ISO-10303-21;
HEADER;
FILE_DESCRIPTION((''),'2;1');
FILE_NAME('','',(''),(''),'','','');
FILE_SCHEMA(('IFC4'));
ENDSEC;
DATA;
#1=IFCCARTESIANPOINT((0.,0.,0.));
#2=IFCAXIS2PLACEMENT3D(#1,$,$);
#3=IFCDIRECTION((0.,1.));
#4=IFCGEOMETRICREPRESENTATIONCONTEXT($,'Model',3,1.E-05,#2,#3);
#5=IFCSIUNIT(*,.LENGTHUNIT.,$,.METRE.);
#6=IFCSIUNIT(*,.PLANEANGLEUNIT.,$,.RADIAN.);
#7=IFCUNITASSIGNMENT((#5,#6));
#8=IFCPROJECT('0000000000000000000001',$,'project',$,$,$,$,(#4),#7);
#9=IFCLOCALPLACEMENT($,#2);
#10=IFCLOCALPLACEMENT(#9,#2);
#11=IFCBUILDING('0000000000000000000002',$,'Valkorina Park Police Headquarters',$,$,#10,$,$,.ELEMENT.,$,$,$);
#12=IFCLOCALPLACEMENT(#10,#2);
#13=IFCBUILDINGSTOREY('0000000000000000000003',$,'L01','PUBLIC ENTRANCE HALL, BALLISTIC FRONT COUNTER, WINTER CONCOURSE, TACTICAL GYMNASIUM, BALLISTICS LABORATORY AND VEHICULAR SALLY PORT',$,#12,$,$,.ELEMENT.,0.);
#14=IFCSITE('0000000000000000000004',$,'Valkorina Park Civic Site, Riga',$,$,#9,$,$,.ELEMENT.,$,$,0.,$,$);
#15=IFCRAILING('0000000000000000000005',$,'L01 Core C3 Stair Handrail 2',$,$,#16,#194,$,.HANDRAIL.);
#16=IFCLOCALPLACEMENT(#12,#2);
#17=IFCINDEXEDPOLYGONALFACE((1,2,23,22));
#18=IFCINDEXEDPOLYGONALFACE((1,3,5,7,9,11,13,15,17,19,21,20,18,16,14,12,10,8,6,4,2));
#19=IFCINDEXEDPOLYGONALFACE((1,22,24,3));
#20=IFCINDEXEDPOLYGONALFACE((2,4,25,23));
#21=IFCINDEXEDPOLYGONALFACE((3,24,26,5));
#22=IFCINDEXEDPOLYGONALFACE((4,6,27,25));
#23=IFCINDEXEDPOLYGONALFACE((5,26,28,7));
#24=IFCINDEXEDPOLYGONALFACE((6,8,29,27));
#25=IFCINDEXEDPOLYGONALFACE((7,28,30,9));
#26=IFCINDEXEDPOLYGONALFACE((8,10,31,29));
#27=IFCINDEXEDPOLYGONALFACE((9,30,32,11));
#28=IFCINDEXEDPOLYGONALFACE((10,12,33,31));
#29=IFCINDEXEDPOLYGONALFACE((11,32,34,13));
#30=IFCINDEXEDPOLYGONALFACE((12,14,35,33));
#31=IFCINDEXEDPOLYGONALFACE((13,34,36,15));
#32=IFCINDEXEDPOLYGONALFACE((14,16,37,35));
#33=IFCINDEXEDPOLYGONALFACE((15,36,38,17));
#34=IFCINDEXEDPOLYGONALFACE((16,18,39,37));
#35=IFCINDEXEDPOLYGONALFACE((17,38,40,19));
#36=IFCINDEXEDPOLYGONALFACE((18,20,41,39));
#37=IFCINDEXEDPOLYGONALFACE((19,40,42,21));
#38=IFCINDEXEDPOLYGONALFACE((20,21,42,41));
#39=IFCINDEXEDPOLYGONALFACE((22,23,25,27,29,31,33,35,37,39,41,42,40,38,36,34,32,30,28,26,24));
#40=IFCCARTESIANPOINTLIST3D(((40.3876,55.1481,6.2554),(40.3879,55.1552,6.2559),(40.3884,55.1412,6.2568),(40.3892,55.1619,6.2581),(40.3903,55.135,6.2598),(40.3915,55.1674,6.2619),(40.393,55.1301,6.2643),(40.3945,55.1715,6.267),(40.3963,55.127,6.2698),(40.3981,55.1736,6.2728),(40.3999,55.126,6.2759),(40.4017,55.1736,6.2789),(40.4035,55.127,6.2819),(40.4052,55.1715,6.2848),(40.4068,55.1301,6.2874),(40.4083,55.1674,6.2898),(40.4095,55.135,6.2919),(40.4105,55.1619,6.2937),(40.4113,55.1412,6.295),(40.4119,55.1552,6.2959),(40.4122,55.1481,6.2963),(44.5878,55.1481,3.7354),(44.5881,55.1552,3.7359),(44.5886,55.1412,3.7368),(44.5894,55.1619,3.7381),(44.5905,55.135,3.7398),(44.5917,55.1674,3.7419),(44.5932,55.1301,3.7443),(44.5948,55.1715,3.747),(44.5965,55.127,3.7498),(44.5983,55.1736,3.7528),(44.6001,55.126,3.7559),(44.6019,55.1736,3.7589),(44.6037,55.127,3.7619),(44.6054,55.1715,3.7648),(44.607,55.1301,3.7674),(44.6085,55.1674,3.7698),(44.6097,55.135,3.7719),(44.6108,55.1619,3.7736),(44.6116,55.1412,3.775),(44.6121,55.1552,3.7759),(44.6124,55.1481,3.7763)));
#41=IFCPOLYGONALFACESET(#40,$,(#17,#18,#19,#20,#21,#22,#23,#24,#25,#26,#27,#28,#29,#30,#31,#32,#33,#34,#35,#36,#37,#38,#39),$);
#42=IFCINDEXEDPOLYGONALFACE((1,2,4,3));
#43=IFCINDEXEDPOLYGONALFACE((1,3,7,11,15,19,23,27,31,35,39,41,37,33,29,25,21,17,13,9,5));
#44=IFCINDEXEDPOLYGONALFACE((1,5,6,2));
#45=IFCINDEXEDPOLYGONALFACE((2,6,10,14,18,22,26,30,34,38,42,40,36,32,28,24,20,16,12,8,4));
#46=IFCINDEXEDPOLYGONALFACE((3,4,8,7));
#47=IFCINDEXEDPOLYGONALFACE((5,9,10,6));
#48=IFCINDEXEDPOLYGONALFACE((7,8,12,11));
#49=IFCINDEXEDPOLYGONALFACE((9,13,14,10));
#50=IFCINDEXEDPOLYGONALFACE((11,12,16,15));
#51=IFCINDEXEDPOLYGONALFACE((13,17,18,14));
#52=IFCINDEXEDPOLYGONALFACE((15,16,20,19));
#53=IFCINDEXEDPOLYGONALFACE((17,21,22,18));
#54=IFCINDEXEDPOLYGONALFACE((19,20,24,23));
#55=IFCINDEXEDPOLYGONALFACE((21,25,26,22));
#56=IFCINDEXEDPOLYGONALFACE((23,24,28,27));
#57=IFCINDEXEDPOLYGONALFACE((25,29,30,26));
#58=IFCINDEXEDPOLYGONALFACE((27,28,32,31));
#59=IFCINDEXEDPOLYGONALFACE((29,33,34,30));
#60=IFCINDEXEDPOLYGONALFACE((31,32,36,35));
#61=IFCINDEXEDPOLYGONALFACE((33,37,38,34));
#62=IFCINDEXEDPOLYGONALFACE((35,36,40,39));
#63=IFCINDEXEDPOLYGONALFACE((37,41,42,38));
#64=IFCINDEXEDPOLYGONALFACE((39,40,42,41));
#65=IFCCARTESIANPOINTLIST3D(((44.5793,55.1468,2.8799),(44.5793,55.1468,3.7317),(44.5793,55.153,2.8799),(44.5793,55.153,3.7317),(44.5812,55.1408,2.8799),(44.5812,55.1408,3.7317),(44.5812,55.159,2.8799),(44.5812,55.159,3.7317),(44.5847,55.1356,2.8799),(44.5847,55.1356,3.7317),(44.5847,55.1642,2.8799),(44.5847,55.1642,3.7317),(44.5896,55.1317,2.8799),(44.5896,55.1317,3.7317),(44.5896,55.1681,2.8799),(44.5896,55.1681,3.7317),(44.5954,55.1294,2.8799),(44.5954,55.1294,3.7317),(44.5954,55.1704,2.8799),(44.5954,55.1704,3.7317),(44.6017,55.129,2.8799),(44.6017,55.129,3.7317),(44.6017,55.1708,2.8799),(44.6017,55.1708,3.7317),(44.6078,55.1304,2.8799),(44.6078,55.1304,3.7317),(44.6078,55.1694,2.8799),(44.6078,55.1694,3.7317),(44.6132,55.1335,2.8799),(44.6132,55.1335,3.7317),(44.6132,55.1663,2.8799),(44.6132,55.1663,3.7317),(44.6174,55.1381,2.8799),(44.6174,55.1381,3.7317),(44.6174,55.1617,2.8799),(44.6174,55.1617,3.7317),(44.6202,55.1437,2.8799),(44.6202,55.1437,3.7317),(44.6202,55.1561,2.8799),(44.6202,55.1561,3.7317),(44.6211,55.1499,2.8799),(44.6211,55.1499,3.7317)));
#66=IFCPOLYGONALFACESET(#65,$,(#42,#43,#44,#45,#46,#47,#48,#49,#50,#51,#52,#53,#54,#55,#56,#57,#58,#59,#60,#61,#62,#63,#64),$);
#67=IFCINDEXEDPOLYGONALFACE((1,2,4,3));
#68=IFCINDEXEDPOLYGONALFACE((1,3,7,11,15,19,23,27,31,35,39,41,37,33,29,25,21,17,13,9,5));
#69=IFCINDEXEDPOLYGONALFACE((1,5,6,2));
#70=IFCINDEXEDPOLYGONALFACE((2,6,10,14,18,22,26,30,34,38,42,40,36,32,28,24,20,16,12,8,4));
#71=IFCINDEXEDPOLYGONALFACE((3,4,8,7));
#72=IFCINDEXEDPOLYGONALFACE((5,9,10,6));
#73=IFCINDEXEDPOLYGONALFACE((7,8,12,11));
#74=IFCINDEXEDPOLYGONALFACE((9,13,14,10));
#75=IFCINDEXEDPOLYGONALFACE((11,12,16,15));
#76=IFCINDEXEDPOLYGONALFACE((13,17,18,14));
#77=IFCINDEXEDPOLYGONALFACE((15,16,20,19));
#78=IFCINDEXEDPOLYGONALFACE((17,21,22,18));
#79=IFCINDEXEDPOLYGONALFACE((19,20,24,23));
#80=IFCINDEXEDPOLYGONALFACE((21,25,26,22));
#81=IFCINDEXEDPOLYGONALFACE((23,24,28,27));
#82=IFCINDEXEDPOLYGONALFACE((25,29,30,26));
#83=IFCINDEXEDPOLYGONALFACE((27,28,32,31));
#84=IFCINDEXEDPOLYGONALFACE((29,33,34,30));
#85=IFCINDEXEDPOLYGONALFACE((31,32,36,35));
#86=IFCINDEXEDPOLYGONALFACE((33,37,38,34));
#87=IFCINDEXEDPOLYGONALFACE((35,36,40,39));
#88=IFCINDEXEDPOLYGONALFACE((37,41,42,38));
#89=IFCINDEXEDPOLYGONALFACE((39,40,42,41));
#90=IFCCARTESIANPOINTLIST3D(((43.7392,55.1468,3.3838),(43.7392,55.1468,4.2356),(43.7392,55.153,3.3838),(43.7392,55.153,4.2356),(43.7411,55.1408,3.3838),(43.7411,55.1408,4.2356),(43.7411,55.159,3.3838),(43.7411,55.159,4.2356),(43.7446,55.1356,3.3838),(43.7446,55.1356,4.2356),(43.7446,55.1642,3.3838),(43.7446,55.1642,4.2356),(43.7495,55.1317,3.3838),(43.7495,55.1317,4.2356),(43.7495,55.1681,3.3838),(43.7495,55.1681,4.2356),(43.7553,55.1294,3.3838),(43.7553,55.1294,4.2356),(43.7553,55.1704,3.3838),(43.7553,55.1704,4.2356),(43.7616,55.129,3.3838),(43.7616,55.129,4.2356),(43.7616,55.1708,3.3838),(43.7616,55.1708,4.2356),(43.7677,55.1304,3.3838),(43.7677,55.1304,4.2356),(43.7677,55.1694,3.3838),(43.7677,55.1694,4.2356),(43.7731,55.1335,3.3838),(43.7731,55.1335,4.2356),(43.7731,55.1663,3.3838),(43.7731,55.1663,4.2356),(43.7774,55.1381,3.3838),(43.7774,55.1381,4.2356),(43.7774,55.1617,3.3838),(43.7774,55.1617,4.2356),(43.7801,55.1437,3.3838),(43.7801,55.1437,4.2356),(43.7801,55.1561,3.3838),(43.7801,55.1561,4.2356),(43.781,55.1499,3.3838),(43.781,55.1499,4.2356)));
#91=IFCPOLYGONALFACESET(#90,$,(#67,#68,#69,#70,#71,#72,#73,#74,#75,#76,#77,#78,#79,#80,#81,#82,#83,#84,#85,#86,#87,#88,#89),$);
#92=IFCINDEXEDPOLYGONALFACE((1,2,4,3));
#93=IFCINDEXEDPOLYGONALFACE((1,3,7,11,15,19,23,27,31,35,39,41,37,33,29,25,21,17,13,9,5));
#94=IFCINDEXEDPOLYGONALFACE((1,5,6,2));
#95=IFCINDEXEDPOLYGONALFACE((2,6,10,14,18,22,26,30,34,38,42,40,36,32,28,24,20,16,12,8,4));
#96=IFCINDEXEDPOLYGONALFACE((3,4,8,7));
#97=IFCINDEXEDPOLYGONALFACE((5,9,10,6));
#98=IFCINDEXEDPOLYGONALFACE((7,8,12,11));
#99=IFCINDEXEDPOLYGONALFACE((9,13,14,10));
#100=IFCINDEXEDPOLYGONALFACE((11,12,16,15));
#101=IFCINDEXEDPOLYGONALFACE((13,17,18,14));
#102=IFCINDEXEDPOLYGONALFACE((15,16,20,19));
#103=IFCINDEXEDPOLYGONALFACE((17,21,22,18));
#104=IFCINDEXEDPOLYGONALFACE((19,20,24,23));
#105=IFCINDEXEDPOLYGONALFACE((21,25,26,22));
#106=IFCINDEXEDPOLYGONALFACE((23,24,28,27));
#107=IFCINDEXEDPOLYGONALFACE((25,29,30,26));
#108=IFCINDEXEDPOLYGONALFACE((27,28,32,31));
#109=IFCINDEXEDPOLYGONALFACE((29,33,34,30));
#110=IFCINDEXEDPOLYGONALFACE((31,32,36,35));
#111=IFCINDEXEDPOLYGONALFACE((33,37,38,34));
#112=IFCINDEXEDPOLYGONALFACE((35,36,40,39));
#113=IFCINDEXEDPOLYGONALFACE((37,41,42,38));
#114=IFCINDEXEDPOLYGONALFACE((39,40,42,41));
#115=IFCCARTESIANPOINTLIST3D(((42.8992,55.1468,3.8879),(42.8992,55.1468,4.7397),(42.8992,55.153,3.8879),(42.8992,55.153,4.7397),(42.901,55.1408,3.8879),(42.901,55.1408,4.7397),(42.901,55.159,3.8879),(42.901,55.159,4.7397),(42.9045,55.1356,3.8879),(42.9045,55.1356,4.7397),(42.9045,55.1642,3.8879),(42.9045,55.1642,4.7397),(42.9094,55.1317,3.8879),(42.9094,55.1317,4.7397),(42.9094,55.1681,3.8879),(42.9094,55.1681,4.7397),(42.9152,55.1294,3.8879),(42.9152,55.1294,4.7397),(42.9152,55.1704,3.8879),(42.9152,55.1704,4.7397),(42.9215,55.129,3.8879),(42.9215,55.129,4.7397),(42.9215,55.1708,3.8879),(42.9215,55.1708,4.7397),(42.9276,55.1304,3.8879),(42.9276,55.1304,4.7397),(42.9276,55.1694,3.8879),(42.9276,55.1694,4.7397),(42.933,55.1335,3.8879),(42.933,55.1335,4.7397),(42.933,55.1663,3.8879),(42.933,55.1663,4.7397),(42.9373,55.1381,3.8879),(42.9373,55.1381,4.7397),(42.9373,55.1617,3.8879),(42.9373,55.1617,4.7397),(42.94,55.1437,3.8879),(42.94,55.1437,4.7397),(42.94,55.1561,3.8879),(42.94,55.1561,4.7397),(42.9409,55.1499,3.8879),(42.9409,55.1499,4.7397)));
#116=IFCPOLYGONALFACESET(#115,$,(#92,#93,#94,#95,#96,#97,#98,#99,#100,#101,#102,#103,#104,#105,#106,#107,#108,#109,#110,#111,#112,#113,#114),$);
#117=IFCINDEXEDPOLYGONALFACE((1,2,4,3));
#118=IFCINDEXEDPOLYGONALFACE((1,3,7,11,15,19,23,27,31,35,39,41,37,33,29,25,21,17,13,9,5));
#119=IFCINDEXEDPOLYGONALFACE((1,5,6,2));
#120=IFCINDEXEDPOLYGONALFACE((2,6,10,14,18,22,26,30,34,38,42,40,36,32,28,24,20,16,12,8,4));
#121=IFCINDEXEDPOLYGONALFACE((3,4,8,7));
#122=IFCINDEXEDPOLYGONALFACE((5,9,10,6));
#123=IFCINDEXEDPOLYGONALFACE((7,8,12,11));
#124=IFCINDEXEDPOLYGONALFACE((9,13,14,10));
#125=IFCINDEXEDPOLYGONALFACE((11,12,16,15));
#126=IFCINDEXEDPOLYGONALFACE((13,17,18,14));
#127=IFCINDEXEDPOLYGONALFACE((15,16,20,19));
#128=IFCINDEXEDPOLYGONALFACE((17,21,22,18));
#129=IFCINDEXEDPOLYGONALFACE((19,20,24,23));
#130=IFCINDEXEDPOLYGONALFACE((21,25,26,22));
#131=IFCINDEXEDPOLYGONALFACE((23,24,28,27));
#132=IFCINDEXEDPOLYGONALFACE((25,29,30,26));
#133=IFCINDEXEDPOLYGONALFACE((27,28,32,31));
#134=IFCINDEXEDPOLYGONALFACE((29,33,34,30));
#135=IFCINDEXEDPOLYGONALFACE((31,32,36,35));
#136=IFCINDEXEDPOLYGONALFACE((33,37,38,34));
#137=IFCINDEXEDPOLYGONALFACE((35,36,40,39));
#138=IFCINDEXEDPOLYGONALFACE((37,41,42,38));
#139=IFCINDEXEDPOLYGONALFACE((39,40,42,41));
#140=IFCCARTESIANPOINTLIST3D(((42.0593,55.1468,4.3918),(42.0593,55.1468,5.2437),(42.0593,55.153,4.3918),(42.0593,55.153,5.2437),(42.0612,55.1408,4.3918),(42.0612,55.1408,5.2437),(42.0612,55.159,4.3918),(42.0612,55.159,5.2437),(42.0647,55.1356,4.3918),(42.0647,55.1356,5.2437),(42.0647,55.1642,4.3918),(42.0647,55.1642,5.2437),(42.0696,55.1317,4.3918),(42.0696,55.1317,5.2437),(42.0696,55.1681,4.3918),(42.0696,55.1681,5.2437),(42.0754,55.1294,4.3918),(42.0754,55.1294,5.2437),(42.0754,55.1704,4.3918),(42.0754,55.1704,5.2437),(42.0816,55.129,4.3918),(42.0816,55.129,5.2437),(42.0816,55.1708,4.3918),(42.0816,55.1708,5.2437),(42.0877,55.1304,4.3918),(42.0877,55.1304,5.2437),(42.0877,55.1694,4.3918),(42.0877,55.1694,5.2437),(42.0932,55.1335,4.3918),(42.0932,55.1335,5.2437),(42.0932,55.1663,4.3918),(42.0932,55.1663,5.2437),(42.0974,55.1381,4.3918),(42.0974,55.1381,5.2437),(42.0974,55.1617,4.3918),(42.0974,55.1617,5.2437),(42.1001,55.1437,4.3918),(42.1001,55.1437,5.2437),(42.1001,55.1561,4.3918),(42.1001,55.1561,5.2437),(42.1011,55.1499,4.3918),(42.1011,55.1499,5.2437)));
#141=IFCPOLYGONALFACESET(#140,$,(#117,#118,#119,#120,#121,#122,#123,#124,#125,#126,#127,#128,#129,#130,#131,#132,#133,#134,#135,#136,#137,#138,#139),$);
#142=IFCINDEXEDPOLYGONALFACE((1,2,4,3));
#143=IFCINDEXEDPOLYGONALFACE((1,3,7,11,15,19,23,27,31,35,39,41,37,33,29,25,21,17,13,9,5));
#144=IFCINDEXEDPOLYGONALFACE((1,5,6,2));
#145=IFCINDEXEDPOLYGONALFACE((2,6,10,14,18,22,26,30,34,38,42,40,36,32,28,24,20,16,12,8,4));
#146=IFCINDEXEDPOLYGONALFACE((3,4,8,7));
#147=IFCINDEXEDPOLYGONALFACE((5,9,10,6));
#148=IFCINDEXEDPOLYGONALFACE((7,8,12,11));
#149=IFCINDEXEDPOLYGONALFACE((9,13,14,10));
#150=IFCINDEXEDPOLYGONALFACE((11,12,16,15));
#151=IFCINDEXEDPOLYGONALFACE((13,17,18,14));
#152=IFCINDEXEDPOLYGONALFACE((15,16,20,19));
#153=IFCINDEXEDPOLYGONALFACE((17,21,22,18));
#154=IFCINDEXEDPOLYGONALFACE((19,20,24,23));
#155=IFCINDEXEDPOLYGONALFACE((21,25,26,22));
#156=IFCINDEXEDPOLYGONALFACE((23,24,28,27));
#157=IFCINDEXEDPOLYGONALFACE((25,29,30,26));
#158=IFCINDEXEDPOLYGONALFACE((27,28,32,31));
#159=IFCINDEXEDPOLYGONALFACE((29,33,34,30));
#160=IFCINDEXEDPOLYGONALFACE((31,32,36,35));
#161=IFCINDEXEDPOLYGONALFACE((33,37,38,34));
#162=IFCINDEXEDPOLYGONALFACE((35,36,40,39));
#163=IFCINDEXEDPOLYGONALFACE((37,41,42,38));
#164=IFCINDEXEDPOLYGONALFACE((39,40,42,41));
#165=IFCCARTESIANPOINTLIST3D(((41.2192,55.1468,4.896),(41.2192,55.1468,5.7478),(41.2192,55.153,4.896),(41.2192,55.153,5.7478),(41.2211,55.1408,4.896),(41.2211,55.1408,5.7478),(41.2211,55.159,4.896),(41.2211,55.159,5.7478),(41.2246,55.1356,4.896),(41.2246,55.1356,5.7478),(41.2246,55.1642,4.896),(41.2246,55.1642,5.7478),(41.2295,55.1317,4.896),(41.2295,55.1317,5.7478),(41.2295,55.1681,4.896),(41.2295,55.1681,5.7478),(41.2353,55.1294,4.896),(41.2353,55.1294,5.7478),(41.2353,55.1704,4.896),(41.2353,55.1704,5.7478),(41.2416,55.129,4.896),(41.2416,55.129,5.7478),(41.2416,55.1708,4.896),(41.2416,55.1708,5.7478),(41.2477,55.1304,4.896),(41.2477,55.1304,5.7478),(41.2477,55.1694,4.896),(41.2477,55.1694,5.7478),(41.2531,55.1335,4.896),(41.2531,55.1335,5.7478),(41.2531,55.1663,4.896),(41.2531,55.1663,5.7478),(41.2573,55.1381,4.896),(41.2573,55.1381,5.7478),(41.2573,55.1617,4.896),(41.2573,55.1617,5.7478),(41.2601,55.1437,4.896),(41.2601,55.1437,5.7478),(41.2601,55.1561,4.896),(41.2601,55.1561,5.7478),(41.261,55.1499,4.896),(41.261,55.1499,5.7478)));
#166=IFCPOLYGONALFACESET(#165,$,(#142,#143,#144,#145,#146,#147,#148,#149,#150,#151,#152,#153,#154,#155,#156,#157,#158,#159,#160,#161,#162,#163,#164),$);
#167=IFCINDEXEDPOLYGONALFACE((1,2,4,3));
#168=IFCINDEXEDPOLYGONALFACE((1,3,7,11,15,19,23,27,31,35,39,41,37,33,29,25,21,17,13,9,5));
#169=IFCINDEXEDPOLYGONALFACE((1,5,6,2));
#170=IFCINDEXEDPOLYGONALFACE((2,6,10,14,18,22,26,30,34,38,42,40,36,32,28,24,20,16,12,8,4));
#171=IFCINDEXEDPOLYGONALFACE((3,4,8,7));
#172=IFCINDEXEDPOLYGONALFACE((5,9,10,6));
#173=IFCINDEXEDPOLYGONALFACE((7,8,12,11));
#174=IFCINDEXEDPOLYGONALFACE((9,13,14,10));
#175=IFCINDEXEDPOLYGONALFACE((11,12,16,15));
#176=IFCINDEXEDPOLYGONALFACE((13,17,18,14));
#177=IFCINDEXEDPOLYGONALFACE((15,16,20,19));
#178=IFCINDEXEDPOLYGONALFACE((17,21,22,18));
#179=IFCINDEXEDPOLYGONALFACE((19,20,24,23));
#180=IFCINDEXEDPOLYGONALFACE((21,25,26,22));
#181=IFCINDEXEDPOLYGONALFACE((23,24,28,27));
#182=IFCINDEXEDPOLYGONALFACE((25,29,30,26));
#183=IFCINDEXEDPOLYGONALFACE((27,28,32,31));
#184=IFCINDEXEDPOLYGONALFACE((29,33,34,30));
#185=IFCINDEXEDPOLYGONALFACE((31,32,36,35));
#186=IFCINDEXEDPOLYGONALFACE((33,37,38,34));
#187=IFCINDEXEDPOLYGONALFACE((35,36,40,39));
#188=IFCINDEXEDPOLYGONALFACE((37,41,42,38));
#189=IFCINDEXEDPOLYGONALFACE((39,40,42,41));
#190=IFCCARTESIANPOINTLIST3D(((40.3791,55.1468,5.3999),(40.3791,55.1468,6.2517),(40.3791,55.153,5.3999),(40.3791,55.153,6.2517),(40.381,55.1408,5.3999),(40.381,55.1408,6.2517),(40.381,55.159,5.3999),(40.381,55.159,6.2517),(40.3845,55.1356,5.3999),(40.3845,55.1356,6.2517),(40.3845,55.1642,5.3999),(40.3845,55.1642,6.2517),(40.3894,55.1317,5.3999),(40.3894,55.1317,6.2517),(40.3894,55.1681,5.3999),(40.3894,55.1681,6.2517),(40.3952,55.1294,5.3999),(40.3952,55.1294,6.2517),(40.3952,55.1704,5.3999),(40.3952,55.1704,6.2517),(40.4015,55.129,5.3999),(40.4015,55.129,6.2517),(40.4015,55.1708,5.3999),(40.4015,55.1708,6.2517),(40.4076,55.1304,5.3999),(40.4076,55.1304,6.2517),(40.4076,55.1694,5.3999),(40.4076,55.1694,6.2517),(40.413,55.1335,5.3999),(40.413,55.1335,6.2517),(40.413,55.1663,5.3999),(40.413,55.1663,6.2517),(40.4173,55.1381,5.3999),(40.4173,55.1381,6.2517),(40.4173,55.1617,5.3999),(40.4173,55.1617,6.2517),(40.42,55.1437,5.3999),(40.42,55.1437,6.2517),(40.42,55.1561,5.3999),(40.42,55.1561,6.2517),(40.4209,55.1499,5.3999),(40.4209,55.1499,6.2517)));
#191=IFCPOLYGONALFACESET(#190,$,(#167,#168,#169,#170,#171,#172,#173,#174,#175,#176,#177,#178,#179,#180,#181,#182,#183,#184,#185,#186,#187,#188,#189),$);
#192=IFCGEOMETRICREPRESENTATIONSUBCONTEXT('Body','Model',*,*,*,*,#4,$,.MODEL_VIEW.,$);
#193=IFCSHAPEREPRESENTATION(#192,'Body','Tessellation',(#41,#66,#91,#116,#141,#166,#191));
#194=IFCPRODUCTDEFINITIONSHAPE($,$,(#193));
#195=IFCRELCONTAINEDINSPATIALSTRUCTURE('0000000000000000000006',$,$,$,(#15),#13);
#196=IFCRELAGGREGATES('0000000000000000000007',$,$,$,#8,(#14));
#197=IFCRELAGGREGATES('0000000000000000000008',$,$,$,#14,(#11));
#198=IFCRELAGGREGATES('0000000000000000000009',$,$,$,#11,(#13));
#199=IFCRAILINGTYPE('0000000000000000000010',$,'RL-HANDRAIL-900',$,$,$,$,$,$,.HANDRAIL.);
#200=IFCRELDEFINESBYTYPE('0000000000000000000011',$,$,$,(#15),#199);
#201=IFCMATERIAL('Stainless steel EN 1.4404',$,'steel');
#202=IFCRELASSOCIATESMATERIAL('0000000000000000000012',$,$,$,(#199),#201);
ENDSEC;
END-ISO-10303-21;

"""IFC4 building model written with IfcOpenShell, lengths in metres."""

from ifc_helpers import new_model, si_unit, direction, frame, origin, origin_2d, place, context, subcontext, project, spatial, circle, extrude, material, type_object, element, save


model = new_model("IFC4")

# Units and contexts
model_context = context("Model", 3, precision=1e-05, world=origin(), true_north=direction((0.0, 1.0)))
body_context = subcontext(model_context, "Body", "Model", "MODEL_VIEW")
ifc_project = project(units=[si_unit("LENGTHUNIT", "METRE"), si_unit("PLANEANGLEUNIT", "RADIAN")], contexts=[model_context])

# Site, building, storey
site_placement = place(None, origin())
site = spatial("IfcSite", under=ifc_project, at=site_placement, Name="Valkorina Park Civic Site, Riga", CompositionType="ELEMENT", RefElevation=0.0)
building_placement = place(site_placement, origin())
building = spatial("IfcBuilding", under=site, at=building_placement, Name="Valkorina Park Police Headquarters", CompositionType="ELEMENT")
storey_placement = place(building_placement, origin())
storey = spatial("IfcBuildingStorey", under=building, at=storey_placement, Name="L01", Description="PUBLIC ENTRANCE HALL, BALLISTIC FRONT COUNTER, WINTER CONCOURSE, TACTICAL GYMNASIUM, BALLISTICS LABORATORY AND VEHICULAR SALLY PORT", CompositionType="ELEMENT", Elevation=0.0)

# Shared definitions
ifc_material_1 = material(Name="Stainless steel EN 1.4404", Category="steel")

# Railing
railing_type_1 = type_object("IfcRailingType", Name="RL-HANDRAIL-900", PredefinedType="HANDRAIL", material=ifc_material_1)
railing_1_placement = place(storey_placement, frame((44.6001, 55.1499, 2.8799)))
element("IfcRailing", 1, at=railing_1_placement, inside=storey, type_object=railing_type_1, Name="L01 Core C3 Stair Handrail 2", PredefinedType="HANDRAIL", context=body_context, shape_type="SweptSolid", body=[
    extrude(circle(Radius=0.0239, at=origin_2d()), frame((0.0, 0.0, 0.876), z_axis=(-0.857502, 0.0, 0.514481), x_axis=(0.0, -1.0, 0.0)), (0.0, 0.0, 1.0), 4.8982),
    extrude(circle(Radius=0.021, at=origin_2d()), origin(), (0.0, 0.0, 1.0), 0.8518),
    extrude(circle(Radius=0.021, at=origin_2d()), frame((-0.8401, 0.0, 0.5039)), (0.0, 0.0, 1.0), 0.8518),
    extrude(circle(Radius=0.021, at=origin_2d()), frame((-1.6802, 0.0, 1.0081)), (0.0, 0.0, 1.0), 0.8518),
    extrude(circle(Radius=0.021, at=origin_2d()), frame((-2.52, 0.0, 1.512)), (0.0, 0.0, 1.0), 0.8518),
    extrude(circle(Radius=0.021, at=origin_2d()), frame((-3.3601, 0.0, 2.0161)), (0.0, 0.0, 1.0), 0.8518),
    extrude(circle(Radius=0.021, at=origin_2d()), frame((-4.2002, 0.0, 2.52)), (0.0, 0.0, 1.0), 0.8518),
])

save(model, "model.ifc")
